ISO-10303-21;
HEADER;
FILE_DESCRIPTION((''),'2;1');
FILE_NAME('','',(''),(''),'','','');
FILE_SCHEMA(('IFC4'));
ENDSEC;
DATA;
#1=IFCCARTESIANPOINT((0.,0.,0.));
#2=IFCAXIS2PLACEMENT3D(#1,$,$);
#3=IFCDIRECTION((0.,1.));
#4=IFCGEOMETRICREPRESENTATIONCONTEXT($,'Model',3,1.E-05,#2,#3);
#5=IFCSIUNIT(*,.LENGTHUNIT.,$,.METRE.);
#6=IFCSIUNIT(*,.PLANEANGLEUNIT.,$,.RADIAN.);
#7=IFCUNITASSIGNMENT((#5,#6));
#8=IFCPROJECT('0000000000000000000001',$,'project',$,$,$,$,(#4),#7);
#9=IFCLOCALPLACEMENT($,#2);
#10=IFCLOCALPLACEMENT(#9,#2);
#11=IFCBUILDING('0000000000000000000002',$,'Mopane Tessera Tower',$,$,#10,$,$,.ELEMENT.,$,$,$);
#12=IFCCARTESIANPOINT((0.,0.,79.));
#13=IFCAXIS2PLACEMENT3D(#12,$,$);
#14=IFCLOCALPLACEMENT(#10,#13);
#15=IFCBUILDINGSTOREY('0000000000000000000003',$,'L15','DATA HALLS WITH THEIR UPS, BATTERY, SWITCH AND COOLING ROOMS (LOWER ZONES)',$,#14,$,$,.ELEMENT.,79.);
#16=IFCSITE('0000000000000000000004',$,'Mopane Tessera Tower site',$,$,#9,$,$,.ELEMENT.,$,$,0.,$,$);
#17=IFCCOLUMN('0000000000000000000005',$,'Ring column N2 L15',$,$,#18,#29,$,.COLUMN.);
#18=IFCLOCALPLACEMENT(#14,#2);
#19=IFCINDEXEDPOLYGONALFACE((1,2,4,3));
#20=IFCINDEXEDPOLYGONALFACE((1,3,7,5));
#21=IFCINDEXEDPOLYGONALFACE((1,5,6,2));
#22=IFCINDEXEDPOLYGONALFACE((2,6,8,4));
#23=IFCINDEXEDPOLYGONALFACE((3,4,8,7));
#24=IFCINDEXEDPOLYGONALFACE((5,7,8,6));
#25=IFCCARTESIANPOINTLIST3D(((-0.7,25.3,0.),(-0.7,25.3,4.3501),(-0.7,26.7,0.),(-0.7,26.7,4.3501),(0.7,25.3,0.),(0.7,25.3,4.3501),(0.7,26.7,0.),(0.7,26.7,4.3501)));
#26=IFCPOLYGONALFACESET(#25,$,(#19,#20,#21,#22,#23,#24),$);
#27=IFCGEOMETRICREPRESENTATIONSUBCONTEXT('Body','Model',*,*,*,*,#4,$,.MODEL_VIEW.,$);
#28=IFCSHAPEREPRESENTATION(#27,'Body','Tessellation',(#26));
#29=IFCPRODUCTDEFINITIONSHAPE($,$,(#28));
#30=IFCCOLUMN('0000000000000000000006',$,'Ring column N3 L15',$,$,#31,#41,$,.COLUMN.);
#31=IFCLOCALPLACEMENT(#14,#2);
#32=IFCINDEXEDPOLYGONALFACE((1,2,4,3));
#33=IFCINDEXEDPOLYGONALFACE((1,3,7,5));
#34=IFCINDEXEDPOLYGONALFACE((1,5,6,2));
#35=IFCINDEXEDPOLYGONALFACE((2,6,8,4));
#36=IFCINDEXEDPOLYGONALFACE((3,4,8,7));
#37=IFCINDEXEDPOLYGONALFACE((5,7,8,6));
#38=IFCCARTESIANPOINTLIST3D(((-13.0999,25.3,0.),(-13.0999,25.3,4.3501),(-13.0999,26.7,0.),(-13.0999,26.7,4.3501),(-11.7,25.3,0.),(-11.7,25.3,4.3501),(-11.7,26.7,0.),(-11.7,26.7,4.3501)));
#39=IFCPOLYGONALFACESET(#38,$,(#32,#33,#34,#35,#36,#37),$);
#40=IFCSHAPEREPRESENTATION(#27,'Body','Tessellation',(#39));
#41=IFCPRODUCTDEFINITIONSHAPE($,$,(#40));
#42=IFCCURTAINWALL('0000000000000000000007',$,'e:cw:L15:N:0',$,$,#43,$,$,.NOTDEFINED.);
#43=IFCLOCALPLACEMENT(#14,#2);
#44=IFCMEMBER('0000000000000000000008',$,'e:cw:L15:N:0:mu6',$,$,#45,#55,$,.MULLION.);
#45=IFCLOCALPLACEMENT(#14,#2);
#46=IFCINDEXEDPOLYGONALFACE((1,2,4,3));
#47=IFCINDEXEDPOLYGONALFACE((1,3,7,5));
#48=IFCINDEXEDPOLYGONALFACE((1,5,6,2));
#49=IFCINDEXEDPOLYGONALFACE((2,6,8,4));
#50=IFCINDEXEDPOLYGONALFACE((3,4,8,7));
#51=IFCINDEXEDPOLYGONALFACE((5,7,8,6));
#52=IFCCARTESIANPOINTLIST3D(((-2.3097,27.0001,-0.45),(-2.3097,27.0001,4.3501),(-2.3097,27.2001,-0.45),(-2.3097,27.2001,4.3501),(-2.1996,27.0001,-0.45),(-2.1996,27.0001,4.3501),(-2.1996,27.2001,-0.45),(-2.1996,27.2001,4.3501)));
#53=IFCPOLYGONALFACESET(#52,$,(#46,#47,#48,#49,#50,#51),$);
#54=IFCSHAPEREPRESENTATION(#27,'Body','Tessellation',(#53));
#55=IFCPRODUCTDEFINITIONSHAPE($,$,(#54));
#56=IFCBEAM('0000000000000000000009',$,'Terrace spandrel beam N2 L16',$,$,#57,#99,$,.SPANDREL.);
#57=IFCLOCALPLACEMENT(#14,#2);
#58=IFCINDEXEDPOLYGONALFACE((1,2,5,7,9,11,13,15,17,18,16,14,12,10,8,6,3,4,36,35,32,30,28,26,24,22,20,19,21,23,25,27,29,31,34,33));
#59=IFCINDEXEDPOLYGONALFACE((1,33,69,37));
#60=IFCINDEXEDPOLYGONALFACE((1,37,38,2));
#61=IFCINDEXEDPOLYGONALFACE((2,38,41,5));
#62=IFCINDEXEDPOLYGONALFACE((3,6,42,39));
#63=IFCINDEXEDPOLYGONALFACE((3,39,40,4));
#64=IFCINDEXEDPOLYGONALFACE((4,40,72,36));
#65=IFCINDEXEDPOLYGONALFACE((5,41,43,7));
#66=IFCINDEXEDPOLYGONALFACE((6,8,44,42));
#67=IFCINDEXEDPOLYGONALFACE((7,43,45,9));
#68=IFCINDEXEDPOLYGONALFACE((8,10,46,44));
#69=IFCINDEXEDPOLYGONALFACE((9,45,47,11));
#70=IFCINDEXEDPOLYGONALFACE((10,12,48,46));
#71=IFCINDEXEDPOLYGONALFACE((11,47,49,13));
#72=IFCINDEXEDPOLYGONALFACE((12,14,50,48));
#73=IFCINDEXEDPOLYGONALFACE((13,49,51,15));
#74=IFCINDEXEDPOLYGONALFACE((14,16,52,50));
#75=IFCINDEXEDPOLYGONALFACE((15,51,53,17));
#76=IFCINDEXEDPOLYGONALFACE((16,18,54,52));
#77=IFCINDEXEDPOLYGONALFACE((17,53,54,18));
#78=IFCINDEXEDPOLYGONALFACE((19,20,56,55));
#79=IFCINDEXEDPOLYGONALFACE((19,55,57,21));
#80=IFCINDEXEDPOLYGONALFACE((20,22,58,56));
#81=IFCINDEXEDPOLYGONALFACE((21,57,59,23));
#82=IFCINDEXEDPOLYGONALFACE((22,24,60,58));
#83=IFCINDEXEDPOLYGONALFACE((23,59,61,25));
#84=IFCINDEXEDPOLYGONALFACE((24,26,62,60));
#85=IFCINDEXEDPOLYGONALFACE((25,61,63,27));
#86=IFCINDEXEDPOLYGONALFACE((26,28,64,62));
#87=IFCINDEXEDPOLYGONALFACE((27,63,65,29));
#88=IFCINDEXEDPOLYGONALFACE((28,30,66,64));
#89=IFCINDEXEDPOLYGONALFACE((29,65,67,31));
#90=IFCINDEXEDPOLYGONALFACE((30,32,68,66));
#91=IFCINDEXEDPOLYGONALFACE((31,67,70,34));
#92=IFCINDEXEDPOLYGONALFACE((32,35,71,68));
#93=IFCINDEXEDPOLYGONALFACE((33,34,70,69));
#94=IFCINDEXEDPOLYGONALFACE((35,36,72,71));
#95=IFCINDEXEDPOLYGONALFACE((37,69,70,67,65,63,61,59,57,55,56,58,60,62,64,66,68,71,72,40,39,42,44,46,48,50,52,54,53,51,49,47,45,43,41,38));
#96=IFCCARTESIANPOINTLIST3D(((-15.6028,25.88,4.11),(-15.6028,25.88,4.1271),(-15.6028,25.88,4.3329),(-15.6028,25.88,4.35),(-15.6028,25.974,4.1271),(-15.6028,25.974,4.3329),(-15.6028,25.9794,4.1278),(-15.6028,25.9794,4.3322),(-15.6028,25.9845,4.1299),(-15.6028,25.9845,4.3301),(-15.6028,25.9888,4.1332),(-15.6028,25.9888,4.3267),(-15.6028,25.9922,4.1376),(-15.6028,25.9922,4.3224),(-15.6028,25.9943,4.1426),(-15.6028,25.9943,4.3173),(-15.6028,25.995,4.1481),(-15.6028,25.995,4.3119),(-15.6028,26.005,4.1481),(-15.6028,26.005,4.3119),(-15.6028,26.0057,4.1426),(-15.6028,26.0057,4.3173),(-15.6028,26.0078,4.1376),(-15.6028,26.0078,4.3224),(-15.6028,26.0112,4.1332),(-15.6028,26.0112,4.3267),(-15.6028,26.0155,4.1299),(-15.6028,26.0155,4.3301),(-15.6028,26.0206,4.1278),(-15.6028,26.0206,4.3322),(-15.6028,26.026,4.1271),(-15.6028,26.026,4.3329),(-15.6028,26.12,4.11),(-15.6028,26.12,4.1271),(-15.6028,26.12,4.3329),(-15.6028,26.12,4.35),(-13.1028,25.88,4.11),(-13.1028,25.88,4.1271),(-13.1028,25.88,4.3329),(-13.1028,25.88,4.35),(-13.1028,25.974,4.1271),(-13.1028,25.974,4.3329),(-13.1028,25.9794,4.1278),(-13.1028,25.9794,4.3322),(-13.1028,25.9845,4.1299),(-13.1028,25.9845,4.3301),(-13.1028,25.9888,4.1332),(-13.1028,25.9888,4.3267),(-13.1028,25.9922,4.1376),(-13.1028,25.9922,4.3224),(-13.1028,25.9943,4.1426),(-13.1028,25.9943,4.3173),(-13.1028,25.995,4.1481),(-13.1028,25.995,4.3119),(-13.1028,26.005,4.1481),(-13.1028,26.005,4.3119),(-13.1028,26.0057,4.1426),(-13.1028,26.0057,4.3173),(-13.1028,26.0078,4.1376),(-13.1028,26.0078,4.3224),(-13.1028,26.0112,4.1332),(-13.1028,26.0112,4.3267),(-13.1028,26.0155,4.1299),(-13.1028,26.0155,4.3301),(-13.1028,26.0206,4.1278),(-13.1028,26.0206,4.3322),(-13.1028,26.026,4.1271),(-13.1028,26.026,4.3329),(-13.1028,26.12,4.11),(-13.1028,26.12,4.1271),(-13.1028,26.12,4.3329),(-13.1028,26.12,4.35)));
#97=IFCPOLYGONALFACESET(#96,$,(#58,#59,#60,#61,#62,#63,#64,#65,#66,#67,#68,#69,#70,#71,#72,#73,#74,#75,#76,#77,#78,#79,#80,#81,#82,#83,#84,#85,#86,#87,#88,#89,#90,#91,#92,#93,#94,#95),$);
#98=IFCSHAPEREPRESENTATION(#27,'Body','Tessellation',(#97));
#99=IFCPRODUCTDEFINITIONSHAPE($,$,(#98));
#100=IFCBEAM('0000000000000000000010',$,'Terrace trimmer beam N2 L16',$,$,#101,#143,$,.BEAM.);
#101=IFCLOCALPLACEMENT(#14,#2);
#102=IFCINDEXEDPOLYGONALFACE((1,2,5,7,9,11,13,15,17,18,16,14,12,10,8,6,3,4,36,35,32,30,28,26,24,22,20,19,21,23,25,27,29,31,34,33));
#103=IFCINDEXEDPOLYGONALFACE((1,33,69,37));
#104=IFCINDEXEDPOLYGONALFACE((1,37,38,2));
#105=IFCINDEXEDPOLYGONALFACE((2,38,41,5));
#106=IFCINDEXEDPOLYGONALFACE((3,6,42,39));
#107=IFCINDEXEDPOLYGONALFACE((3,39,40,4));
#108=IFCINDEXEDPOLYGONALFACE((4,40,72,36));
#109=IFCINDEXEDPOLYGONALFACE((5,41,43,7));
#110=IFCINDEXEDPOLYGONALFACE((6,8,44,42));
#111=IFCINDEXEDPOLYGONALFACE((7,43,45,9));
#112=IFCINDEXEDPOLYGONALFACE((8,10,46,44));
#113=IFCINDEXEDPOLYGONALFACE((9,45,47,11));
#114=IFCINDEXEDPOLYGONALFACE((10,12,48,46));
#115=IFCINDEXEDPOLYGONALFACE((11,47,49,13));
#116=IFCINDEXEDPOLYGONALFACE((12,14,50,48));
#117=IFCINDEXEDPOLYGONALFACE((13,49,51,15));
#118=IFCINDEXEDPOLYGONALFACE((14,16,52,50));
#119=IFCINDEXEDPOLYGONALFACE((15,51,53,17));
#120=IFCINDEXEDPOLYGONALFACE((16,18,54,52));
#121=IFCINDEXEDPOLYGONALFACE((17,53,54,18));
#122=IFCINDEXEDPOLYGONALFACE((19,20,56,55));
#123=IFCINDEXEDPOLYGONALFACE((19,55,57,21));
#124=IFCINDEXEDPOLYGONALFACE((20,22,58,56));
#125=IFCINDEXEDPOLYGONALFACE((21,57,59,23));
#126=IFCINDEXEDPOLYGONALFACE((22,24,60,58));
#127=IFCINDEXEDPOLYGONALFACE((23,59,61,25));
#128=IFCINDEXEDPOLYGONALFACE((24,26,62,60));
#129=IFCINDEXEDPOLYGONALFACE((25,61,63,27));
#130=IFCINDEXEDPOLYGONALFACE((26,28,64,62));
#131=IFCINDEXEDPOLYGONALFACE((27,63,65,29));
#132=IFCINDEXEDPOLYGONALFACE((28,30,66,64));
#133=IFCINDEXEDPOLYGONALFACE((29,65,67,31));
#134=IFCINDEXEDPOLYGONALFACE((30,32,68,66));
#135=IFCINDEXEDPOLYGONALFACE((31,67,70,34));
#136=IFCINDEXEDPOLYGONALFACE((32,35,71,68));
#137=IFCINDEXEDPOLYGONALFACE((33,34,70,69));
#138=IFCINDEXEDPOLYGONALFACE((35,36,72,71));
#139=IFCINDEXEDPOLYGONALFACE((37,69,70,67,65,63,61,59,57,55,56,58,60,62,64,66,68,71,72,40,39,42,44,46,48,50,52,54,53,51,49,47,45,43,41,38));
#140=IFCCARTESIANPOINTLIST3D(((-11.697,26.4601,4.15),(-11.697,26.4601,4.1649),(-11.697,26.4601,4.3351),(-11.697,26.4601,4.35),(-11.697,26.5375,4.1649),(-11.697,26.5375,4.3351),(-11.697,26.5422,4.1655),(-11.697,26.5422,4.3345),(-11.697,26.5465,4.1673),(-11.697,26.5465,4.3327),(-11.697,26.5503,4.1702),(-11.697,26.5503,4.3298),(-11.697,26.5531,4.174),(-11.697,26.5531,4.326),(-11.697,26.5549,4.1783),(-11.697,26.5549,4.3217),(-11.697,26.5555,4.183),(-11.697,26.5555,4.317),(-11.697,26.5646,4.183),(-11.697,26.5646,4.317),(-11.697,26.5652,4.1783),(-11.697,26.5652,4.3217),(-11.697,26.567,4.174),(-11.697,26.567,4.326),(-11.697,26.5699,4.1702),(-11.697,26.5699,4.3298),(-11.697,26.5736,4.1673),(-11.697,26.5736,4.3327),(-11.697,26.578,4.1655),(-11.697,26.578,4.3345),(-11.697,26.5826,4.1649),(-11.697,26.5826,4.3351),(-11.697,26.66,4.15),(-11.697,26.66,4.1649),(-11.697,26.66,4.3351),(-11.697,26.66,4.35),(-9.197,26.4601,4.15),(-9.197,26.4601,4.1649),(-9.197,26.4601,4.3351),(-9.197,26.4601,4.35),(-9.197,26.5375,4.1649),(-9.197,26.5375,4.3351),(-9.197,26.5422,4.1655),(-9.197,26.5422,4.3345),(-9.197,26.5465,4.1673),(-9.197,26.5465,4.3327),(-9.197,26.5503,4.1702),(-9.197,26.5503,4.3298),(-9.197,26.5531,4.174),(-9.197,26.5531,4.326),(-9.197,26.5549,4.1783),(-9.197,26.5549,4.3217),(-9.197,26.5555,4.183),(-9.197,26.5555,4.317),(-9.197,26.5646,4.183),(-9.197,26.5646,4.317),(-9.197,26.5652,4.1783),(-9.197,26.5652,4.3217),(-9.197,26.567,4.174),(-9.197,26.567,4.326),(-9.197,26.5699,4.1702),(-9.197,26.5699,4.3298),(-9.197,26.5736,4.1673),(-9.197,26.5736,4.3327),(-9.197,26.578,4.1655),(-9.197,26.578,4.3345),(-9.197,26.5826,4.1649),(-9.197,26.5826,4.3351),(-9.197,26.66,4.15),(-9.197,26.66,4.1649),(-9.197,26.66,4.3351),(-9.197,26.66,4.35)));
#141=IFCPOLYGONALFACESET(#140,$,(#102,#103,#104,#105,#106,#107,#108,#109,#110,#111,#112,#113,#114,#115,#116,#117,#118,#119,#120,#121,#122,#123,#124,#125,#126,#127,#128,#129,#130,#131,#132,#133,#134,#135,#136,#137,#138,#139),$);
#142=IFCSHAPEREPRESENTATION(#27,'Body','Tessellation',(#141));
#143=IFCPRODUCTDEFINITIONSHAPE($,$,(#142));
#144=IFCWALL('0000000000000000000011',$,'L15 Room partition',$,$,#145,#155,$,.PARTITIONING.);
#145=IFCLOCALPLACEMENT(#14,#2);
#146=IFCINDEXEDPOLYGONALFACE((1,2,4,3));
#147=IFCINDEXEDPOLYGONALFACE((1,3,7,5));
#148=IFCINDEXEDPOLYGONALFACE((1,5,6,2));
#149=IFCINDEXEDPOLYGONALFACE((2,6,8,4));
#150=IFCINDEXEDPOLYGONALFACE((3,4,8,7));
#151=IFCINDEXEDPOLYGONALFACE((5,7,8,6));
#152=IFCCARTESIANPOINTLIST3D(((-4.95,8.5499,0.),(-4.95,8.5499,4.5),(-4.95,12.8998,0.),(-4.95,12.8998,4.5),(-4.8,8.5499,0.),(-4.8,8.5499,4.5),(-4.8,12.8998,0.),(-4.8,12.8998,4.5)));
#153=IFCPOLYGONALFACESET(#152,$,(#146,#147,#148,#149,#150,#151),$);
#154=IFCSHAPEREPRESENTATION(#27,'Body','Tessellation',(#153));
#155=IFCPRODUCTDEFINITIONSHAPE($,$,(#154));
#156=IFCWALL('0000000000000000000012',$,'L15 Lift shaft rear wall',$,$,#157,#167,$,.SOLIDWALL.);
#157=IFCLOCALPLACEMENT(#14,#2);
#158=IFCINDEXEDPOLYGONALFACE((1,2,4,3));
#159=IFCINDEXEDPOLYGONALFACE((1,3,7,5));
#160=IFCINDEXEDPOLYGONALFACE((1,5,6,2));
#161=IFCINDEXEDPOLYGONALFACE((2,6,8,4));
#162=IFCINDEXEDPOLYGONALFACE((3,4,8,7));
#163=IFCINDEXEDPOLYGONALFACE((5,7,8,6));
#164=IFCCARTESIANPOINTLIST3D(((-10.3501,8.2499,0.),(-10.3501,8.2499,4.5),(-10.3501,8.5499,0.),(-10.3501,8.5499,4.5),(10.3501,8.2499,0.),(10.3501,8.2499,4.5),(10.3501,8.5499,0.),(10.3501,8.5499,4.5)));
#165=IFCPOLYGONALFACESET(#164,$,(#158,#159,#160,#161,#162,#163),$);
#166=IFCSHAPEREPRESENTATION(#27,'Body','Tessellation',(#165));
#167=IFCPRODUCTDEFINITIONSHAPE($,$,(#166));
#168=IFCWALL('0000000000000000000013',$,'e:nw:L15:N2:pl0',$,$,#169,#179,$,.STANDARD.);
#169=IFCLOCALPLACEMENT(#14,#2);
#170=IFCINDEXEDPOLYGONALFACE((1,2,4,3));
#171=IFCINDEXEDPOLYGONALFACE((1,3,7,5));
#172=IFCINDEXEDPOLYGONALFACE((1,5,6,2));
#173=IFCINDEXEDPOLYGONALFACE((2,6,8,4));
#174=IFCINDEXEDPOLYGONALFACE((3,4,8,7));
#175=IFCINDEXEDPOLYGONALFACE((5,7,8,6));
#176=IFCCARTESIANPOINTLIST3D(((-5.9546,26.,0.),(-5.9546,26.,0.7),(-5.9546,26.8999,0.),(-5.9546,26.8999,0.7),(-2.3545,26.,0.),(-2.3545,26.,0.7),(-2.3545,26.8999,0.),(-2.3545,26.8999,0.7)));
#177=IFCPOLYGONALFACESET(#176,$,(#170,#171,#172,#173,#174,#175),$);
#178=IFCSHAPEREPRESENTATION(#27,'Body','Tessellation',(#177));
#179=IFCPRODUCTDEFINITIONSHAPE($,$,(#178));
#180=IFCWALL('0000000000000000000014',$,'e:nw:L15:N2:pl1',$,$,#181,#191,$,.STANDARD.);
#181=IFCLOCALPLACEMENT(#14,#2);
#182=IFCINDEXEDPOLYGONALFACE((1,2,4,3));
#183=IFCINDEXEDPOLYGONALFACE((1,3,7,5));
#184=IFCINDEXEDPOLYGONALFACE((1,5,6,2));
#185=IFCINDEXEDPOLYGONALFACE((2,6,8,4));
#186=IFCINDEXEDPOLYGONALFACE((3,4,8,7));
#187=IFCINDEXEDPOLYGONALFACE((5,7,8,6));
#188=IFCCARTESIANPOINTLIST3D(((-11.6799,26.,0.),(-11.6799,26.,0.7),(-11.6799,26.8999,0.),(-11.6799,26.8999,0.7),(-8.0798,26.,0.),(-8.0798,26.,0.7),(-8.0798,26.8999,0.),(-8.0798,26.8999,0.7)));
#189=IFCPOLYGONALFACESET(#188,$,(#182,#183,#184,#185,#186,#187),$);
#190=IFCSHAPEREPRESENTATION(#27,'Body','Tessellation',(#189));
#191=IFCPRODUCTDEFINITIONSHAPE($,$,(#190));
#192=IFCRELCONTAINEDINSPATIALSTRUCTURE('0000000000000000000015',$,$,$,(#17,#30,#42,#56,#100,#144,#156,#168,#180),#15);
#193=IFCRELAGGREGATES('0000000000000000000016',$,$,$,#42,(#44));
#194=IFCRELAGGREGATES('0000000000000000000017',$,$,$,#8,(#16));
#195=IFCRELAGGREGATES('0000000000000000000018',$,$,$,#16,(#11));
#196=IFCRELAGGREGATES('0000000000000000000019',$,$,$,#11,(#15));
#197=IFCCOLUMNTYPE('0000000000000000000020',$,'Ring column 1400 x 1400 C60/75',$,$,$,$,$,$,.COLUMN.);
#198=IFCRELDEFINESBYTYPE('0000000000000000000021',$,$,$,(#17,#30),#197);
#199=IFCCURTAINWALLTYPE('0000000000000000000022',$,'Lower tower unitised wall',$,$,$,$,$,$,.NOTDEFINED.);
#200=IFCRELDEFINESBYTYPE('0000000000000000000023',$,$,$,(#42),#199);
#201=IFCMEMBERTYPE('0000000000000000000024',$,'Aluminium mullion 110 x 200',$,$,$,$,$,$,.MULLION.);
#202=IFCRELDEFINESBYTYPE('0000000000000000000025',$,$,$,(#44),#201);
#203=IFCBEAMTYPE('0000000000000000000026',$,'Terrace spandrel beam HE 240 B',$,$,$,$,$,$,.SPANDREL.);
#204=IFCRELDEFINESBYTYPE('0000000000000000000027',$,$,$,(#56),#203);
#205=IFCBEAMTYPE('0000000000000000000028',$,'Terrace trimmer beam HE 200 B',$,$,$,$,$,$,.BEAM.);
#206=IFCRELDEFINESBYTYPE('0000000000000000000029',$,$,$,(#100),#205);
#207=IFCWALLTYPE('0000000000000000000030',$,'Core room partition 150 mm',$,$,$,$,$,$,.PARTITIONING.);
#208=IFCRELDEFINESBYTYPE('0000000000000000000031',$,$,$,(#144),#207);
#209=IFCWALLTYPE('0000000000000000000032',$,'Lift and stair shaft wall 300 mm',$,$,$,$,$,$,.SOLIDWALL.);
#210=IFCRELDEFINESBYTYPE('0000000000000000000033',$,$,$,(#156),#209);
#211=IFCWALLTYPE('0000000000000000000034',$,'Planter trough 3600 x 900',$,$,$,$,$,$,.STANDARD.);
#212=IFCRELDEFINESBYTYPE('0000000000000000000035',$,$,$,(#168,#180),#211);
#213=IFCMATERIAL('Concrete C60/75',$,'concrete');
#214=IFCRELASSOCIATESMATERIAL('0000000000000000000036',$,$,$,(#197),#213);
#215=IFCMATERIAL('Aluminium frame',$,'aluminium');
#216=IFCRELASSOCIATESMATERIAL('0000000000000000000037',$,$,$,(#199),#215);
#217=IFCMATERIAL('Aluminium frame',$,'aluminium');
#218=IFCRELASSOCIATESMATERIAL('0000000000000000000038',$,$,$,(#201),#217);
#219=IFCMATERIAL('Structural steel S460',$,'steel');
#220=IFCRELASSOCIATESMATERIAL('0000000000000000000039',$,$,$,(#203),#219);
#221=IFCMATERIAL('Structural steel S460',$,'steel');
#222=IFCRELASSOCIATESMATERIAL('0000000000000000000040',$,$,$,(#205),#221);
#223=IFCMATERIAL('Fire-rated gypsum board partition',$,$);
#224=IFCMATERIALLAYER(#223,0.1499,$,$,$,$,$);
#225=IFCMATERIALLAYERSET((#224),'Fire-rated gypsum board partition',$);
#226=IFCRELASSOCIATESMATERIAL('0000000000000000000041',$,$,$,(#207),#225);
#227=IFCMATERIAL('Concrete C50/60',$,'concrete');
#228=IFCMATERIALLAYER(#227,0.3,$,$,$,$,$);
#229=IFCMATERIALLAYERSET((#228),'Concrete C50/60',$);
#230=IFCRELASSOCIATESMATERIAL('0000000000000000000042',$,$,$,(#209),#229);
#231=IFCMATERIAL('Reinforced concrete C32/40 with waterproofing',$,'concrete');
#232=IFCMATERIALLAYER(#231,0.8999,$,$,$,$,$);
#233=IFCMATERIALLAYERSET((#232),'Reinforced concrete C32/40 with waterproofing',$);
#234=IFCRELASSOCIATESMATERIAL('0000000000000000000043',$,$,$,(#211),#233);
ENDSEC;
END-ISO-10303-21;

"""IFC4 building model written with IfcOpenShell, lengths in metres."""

from ifc_helpers import new_model, si_unit, direction, frame, frame_2d, origin, origin_2d, place, context, subcontext, project, spatial, rectangle, i_section, extrude, material, layer, layer_set, material_profile, profile_set, type_object, element, aggregate, save


model = new_model("IFC4")

# Units and contexts
model_context = context("Model", 3, precision=1e-05, world=origin(), true_north=direction((0.0, 1.0)))
body_context = subcontext(model_context, "Body", "Model", "MODEL_VIEW")
ifc_project = project(units=[si_unit("LENGTHUNIT", "METRE"), si_unit("PLANEANGLEUNIT", "RADIAN")], contexts=[model_context])

# Site, building, storey
site_placement = place(None, origin())
site = spatial("IfcSite", under=ifc_project, at=site_placement, Name="Mopane Tessera Tower site", CompositionType="ELEMENT", RefElevation=0.0)
building_placement = place(site_placement, origin())
building = spatial("IfcBuilding", under=site, at=building_placement, Name="Mopane Tessera Tower", CompositionType="ELEMENT")
storey_placement = place(building_placement, frame((0.0, 0.0, 79.0)))
storey = spatial("IfcBuildingStorey", under=building, at=storey_placement, Name="L15", Description="DATA HALLS WITH THEIR UPS, BATTERY, SWITCH AND COOLING ROOMS (LOWER ZONES)", CompositionType="ELEMENT", Elevation=79.0)

# Columns
ifc_material_1 = material(Name="Concrete C60/75", Category="concrete")
ifc_material_profile_1 = material_profile(ifc_material_1, rectangle(XDim=1.3999, YDim=1.3999, at=origin_2d()))
ifc_profile_set_1 = profile_set([ifc_material_profile_1], Name="Concrete C60/75")
column_type = type_object("IfcColumnType", Name="Ring column 1400 x 1400 C60/75", PredefinedType="COLUMN", material=ifc_profile_set_1)
for number, where, z_axis, x_axis, name in (
    (1, (0.0, 26.0, 0.0), (0.0, 0.0, 1.0), (1.0, 0.0, 0.0), "Ring column N2 L15"),
    (2, (-12.3999, 26.0, 0.0), (0.0, 0.0, 1.0), (1.0, 0.0, 0.0), "Ring column N3 L15"),
):
    element("IfcColumn", number, at=place(storey_placement, frame(where, z_axis=z_axis, x_axis=x_axis)), inside=storey, type_object=column_type, Name=name, PredefinedType="COLUMN", context=body_context, shape_type="SweptSolid", body=[
        extrude(rectangle(XDim=1.3999, YDim=1.3999, at=origin_2d()), origin(), (0.0, 0.0, 1.0), 4.3501),
    ])

# Curtain wall, member
ifc_material_2 = material(Name="Aluminium frame", Category="aluminium")
curtain_wall_type = type_object("IfcCurtainWallType", Name="Lower tower unitised wall", PredefinedType="NOTDEFINED", material=ifc_material_2)
curtain_wall_placement = place(storey_placement, origin())
curtain_wall = element("IfcCurtainWall", 3, at=curtain_wall_placement, inside=storey, type_object=curtain_wall_type, Name="e:cw:L15:N:0", PredefinedType="NOTDEFINED")
ifc_material_3 = material(Name="Aluminium frame", Category="aluminium")
ifc_material_profile_2 = material_profile(ifc_material_3, rectangle(XDim=0.1101, YDim=0.2, at=origin_2d()))
ifc_profile_set_2 = profile_set([ifc_material_profile_2], Name="Aluminium frame")
member_type = type_object("IfcMemberType", Name="Aluminium mullion 110 x 200", PredefinedType="MULLION", material=ifc_profile_set_2)
member_placement = place(storey_placement, frame((-2.2546, 27.1001, -0.45), z_axis=(0.0, 0.0, 1.0), x_axis=(-1.0, 0.0, 0.0)))
member = element("IfcMember", 4, at=member_placement, type_object=member_type, Name="e:cw:L15:N:0:mu6", PredefinedType="MULLION", context=body_context, shape_type="SweptSolid", body=[
    extrude(rectangle(XDim=0.1101, YDim=0.2, at=origin_2d()), origin(), (0.0, 0.0, 1.0), 4.8),
])
aggregate(curtain_wall, [member])

# Beams
ifc_material_4 = material(Name="Structural steel S460", Category="steel")
ifc_material_profile_3 = material_profile(ifc_material_4, i_section(OverallWidth=0.24, OverallDepth=0.24, WebThickness=0.01, FlangeThickness=0.0171, FilletRadius=0.021, at=origin_2d()))
ifc_profile_set_3 = profile_set([ifc_material_profile_3], Name="Structural steel S460")
beam_type_1 = type_object("IfcBeamType", Name="Terrace spandrel beam HE 240 B", PredefinedType="SPANDREL", material=ifc_profile_set_3)
beam_1_placement = place(storey_placement, frame((-13.1028, 26.0, 4.23), z_axis=(-1.0, 0.0, 0.0), x_axis=(0.0, -1.0, 0.0)))
element("IfcBeam", 5, at=beam_1_placement, inside=storey, type_object=beam_type_1, Name="Terrace spandrel beam N2 L16", PredefinedType="SPANDREL", context=body_context, shape_type="SweptSolid", body=[
    extrude(i_section(OverallWidth=0.24, OverallDepth=0.24, WebThickness=0.01, FlangeThickness=0.0171, FilletRadius=0.021, at=origin_2d()), origin(), (0.0, 0.0, 1.0), 2.5),
])
ifc_material_5 = material(Name="Structural steel S460", Category="steel")
ifc_material_profile_4 = material_profile(ifc_material_5, i_section(OverallWidth=0.2, OverallDepth=0.2, WebThickness=0.009, FlangeThickness=0.0149, FilletRadius=0.0181, at=origin_2d()))
ifc_profile_set_4 = profile_set([ifc_material_profile_4], Name="Structural steel S460")
beam_type_2 = type_object("IfcBeamType", Name="Terrace trimmer beam HE 200 B", PredefinedType="BEAM", material=ifc_profile_set_4)
beam_2_placement = place(storey_placement, frame((-11.697, 26.5601, 4.25), z_axis=(1.0, 0.0, 0.0), x_axis=(0.0, 1.0, 0.0)))
element("IfcBeam", 6, at=beam_2_placement, inside=storey, type_object=beam_type_2, Name="Terrace trimmer beam N2 L16", PredefinedType="BEAM", context=body_context, shape_type="SweptSolid", body=[
    extrude(i_section(OverallWidth=0.2, OverallDepth=0.2, WebThickness=0.009, FlangeThickness=0.0149, FilletRadius=0.0181, at=origin_2d()), origin(), (0.0, 0.0, 1.0), 2.5),
])

# Walls
ifc_material_6 = material(Name="Fire-rated gypsum board partition")
ifc_layer_1 = layer(ifc_material_6, 0.1499)
ifc_layer_set_1 = layer_set([ifc_layer_1], Name="Fire-rated gypsum board partition")
wall_type_1 = type_object("IfcWallType", Name="Core room partition 150 mm", PredefinedType="PARTITIONING", material=ifc_layer_set_1)
wall_1_placement = place(storey_placement, frame((-4.875, 8.55, 0.0), z_axis=(0.0, 0.0, 1.0), x_axis=(0.0, 1.0, 0.0)))
element("IfcWall", 7, at=wall_1_placement, inside=storey, type_object=wall_type_1, Name="L15 Room partition", PredefinedType="PARTITIONING", context=body_context, shape_type="SweptSolid", body=[
    extrude(rectangle(XDim=4.3499, YDim=0.1499, at=frame_2d((2.1748, 0.0))), origin(), (0.0, 0.0, 1.0), 4.5),
])
ifc_material_7 = material(Name="Concrete C50/60", Category="concrete")
ifc_layer_2 = layer(ifc_material_7, 0.3)
ifc_layer_set_2 = layer_set([ifc_layer_2], Name="Concrete C50/60")
wall_type_2 = type_object("IfcWallType", Name="Lift and stair shaft wall 300 mm", PredefinedType="SOLIDWALL", material=ifc_layer_set_2)
wall_2_placement = place(storey_placement, frame((-10.3501, 8.3999, 0.0), z_axis=(0.0, 0.0, 1.0), x_axis=(1.0, 0.0, 0.0)))
element("IfcWall", 8, at=wall_2_placement, inside=storey, type_object=wall_type_2, Name="L15 Lift shaft rear wall", PredefinedType="SOLIDWALL", context=body_context, shape_type="SweptSolid", body=[
    extrude(rectangle(XDim=20.7002, YDim=0.3, at=frame_2d((10.3501, 0.0))), origin(), (0.0, 0.0, 1.0), 4.5),
])
ifc_material_8 = material(Name="Reinforced concrete C32/40 with waterproofing", Category="concrete")
ifc_layer_3 = layer(ifc_material_8, 0.8999)
ifc_layer_set_3 = layer_set([ifc_layer_3], Name="Reinforced concrete C32/40 with waterproofing")
wall_type_3 = type_object("IfcWallType", Name="Planter trough 3600 x 900", PredefinedType="STANDARD", material=ifc_layer_set_3)
for number, where, z_axis, x_axis, name in (
    (9, (-2.3545, 26.45, 0.0), (0.0, 0.0, 1.0), (-1.0, 0.0, 0.0), "e:nw:L15:N2:pl0"),
    (10, (-8.0798, 26.45, 0.0), (0.0, 0.0, 1.0), (-1.0, 0.0, 0.0), "e:nw:L15:N2:pl1"),
):
    element("IfcWall", number, at=place(storey_placement, frame(where, z_axis=z_axis, x_axis=x_axis)), inside=storey, type_object=wall_type_3, Name=name, PredefinedType="STANDARD", context=body_context, shape_type="SweptSolid", body=[
        extrude(rectangle(XDim=3.6001, YDim=0.8999, at=frame_2d((1.8, 0.0))), origin(), (0.0, 0.0, 1.0), 0.7),
    ])

save(model, "model.ifc")
